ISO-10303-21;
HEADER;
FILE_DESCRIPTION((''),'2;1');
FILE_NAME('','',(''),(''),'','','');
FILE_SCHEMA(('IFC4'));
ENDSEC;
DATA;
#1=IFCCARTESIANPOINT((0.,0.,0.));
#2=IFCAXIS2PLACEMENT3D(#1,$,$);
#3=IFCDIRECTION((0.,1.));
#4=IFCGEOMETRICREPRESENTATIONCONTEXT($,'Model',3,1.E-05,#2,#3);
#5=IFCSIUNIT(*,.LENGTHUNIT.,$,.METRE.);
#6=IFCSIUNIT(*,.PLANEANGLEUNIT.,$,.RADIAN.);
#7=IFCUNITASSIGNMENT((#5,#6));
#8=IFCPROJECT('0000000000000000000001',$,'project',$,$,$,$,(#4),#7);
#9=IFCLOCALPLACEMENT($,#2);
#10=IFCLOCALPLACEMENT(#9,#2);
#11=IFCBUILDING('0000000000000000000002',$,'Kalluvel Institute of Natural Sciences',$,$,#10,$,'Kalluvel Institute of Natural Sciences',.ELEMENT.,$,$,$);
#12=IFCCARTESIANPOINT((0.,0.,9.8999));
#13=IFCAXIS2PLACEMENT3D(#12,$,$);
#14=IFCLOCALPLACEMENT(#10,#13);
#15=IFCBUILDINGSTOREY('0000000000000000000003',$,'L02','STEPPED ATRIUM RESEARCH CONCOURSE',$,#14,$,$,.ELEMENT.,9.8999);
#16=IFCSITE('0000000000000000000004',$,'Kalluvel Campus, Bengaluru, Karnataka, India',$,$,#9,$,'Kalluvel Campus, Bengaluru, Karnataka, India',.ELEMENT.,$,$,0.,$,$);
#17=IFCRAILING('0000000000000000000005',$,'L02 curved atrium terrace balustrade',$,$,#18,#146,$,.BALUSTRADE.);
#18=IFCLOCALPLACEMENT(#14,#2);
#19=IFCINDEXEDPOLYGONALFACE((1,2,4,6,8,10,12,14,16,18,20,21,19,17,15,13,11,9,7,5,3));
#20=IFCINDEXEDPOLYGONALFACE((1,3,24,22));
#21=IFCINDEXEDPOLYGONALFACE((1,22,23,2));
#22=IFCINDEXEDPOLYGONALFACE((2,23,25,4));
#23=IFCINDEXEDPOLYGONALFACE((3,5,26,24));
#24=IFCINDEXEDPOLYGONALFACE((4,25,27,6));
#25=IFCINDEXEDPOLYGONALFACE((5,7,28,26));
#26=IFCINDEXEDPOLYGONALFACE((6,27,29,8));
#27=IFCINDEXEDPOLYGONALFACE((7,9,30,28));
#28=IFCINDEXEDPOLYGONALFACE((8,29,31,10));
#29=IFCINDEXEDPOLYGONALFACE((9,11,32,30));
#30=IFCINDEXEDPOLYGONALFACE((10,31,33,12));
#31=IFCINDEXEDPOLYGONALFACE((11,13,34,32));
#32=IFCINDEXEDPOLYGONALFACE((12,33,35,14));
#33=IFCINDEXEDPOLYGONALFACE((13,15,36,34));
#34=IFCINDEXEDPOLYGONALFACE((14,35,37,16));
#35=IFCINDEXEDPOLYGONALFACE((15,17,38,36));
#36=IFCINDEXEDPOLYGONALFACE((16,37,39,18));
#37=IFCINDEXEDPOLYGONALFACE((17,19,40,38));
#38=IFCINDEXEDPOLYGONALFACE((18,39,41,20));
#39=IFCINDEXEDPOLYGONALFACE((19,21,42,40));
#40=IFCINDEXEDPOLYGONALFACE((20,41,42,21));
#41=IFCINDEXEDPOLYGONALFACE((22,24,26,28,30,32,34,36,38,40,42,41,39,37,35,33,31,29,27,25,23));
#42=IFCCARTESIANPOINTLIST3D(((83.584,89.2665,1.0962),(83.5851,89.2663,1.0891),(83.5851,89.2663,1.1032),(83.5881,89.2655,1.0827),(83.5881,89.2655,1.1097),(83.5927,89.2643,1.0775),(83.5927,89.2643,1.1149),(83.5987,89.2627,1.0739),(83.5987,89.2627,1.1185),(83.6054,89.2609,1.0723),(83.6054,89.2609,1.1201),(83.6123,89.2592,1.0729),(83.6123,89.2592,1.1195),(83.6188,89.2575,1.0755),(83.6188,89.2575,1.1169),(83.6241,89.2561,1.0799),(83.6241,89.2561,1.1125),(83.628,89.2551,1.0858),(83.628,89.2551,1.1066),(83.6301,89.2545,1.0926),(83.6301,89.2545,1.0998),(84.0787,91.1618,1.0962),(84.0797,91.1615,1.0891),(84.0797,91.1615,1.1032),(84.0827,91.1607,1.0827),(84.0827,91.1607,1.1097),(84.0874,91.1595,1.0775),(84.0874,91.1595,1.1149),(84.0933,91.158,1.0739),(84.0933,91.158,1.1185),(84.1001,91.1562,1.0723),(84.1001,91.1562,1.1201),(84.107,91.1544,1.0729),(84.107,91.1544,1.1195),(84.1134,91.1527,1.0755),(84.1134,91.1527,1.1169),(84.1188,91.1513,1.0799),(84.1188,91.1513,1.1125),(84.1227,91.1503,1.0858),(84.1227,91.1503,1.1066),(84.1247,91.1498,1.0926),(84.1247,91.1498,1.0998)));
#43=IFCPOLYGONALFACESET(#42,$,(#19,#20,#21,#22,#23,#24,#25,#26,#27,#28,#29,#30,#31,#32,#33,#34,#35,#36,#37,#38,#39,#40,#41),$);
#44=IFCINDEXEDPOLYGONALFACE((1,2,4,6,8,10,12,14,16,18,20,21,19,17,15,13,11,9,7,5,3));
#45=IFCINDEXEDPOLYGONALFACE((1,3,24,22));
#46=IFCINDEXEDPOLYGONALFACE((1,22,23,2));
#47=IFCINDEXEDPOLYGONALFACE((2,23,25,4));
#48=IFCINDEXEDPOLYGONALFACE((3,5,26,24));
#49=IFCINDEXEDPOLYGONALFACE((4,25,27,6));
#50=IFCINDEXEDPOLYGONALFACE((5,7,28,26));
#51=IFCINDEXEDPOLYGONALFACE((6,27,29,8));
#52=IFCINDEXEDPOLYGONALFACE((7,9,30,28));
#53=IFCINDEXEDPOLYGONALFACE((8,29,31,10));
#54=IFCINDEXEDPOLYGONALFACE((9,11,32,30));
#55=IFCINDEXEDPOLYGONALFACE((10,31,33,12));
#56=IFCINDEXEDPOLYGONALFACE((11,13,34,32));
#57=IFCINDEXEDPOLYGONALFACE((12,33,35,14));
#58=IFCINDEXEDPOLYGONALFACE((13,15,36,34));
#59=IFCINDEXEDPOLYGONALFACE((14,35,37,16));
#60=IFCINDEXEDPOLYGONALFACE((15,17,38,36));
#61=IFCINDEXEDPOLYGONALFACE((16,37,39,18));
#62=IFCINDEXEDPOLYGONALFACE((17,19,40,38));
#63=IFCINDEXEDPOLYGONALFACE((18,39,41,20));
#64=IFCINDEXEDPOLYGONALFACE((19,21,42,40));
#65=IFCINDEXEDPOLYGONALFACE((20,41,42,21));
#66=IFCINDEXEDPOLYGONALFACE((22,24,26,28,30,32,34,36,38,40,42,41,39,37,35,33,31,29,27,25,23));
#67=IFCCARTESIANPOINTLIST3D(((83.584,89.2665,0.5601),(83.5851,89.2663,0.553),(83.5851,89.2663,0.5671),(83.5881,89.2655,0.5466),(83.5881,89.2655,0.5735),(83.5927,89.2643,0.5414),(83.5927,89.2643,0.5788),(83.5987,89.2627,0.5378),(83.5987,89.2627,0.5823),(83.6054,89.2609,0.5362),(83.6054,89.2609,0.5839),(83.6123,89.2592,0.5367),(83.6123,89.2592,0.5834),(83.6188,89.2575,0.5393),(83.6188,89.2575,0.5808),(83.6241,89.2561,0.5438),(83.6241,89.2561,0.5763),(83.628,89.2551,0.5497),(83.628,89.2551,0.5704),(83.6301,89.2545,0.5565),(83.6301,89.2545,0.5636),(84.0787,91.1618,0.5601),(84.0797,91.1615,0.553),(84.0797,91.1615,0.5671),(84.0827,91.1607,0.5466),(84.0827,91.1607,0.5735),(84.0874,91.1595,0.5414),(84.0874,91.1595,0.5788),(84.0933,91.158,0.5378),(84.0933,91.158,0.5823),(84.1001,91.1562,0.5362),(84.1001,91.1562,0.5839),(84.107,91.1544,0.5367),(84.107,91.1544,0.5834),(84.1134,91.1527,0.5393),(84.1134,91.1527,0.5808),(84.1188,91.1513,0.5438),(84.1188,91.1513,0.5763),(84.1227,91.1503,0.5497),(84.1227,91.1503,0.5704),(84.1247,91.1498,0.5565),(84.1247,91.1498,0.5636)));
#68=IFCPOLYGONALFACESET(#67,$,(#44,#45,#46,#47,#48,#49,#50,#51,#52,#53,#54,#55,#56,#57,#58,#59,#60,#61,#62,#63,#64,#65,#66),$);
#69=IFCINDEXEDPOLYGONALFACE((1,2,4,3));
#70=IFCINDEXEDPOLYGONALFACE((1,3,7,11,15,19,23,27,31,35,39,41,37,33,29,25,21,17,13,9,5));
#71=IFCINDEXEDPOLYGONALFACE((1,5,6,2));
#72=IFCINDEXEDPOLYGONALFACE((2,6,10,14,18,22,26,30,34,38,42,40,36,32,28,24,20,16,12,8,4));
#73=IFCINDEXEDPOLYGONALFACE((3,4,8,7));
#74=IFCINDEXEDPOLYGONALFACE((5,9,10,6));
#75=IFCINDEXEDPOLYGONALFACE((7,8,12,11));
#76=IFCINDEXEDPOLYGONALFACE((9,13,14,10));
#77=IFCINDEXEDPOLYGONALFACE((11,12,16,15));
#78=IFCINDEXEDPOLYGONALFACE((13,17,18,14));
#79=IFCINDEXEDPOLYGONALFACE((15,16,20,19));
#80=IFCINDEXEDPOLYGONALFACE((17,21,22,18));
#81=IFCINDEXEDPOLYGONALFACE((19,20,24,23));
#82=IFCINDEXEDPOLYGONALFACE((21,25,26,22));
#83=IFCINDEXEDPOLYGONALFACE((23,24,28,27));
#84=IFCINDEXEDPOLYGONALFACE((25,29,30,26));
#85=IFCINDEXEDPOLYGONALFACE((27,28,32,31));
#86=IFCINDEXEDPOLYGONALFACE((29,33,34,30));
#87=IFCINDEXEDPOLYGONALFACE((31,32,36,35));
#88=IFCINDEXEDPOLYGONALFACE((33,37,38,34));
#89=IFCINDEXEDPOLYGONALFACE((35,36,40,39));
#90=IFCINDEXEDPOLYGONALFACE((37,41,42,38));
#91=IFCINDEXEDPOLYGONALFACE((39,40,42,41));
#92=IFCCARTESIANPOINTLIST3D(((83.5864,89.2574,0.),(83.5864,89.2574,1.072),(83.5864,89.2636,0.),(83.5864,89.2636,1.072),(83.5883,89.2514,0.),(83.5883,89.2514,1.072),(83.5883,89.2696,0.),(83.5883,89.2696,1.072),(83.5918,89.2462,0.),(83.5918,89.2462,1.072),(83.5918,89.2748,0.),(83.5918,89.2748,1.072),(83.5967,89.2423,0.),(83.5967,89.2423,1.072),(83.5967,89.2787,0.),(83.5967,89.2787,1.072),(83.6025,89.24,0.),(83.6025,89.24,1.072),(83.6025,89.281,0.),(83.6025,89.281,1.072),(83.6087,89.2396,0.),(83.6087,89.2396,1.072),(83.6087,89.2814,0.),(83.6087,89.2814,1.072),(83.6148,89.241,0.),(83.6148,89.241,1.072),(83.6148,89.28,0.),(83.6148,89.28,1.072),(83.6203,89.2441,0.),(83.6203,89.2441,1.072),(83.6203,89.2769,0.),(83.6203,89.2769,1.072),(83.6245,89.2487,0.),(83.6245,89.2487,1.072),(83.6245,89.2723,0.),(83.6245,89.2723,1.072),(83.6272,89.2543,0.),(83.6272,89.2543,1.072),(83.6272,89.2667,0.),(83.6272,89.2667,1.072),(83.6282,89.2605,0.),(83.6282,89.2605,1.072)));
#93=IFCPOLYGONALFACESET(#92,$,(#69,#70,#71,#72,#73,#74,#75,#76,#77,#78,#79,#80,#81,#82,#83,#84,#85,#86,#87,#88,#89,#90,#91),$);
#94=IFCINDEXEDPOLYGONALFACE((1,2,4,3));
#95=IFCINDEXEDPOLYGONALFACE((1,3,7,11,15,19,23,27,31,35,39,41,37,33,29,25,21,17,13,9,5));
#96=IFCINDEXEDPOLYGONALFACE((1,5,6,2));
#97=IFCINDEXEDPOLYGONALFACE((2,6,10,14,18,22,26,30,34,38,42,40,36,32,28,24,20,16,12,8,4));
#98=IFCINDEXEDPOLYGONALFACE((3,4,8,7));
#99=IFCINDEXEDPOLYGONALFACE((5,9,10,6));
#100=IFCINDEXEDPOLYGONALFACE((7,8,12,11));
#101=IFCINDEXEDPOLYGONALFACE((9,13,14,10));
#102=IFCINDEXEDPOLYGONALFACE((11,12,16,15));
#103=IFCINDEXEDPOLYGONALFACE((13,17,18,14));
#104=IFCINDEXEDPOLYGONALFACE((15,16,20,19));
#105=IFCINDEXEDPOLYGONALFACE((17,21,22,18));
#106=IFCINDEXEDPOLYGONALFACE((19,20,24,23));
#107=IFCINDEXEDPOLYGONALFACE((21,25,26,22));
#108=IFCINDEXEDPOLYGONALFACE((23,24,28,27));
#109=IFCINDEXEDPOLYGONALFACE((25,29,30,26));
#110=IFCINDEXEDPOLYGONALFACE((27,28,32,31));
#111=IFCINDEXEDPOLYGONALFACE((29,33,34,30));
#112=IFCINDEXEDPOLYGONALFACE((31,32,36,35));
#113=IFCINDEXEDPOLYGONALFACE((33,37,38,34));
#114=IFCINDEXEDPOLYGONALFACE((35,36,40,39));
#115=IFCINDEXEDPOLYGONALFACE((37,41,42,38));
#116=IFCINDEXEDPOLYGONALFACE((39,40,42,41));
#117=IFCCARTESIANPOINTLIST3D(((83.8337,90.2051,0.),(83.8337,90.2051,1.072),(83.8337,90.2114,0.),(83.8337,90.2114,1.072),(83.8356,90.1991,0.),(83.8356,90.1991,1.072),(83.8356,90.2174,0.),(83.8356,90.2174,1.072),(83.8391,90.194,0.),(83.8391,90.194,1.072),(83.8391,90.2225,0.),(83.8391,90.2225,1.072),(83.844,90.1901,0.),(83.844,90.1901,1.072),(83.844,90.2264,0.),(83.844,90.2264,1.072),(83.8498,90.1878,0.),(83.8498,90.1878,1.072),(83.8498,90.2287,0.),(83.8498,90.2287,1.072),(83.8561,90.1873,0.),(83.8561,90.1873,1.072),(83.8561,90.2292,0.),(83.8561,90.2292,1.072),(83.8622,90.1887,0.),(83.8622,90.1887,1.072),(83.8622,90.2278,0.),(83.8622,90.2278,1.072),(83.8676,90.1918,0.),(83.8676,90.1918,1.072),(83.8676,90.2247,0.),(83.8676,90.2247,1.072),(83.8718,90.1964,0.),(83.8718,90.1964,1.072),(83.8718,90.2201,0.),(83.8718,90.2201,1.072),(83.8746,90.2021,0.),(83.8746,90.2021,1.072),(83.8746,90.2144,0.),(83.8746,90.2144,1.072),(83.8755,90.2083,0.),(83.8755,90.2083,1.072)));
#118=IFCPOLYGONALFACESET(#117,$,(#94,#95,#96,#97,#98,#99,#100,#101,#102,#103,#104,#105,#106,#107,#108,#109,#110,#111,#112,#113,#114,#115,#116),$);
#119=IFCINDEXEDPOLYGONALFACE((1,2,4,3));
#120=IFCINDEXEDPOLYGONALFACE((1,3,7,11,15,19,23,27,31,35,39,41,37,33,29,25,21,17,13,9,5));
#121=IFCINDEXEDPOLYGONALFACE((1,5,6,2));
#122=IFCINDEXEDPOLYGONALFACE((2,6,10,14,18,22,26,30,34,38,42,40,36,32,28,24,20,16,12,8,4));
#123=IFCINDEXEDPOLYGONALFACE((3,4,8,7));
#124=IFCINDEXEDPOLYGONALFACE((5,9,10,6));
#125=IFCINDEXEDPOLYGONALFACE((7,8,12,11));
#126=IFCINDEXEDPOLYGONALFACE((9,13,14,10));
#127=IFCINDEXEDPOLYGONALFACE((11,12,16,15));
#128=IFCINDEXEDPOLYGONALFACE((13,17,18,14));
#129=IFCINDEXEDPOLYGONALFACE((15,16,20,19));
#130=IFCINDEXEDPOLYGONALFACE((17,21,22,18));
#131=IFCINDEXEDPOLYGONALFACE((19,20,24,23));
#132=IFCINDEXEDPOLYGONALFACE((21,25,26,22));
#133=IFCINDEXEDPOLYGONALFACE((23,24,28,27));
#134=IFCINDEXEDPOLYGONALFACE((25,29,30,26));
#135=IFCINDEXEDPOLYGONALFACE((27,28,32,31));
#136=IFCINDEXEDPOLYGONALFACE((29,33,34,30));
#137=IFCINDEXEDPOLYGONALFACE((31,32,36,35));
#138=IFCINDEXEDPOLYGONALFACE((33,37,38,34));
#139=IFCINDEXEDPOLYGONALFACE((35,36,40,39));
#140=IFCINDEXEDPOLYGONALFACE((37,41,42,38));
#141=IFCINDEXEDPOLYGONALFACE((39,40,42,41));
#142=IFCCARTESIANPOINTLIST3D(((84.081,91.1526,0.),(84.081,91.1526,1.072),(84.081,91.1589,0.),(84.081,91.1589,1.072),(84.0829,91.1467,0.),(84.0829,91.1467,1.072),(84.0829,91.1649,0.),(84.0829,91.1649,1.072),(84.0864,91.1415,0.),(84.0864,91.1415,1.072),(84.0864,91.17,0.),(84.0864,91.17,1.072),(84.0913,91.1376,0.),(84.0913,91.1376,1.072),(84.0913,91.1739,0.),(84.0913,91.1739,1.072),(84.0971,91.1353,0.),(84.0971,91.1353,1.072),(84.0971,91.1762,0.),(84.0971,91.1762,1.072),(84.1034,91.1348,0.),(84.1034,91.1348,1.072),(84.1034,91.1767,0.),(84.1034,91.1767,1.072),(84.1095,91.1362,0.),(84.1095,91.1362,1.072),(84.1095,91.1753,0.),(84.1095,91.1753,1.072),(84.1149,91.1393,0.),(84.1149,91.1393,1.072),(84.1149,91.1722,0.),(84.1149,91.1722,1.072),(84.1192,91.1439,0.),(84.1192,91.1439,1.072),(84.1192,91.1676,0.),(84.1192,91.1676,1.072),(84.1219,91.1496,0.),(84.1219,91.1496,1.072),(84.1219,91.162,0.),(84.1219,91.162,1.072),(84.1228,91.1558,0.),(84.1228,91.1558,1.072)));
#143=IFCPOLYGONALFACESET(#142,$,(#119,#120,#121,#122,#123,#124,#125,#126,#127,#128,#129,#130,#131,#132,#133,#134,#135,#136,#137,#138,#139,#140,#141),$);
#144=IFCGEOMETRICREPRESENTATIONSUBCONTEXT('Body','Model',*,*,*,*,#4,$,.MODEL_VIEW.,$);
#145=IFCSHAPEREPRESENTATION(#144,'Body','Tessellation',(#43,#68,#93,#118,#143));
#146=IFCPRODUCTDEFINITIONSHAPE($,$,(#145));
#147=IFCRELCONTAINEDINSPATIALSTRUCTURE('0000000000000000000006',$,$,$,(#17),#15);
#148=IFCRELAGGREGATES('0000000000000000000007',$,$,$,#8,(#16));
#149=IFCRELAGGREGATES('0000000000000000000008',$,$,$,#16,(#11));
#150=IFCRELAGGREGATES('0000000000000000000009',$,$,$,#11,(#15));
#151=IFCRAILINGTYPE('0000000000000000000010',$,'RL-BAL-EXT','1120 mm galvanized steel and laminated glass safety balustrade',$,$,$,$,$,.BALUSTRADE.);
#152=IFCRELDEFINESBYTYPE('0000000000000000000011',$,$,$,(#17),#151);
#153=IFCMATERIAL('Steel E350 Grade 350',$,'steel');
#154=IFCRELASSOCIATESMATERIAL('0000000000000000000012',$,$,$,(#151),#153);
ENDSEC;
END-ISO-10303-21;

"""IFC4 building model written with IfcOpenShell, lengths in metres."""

from ifc_helpers import new_model, si_unit, direction, frame, origin, origin_2d, place, context, subcontext, project, spatial, circle, extrude, material, type_object, element, save


model = new_model("IFC4")

# Units and contexts
model_context = context("Model", 3, precision=1e-05, world=origin(), true_north=direction((0.0, 1.0)))
body_context = subcontext(model_context, "Body", "Model", "MODEL_VIEW")
ifc_project = project(units=[si_unit("LENGTHUNIT", "METRE"), si_unit("PLANEANGLEUNIT", "RADIAN")], contexts=[model_context])

# Site, building, storey
site_placement = place(None, origin())
site = spatial("IfcSite", under=ifc_project, at=site_placement, Name="Kalluvel Campus, Bengaluru, Karnataka, India", LongName="Kalluvel Campus, Bengaluru, Karnataka, India", CompositionType="ELEMENT", RefElevation=0.0)
building_placement = place(site_placement, origin())
building = spatial("IfcBuilding", under=site, at=building_placement, Name="Kalluvel Institute of Natural Sciences", LongName="Kalluvel Institute of Natural Sciences", CompositionType="ELEMENT")
storey_placement = place(building_placement, frame((0.0, 0.0, 9.8999)))
storey = spatial("IfcBuildingStorey", under=building, at=storey_placement, Name="L02", Description="STEPPED ATRIUM RESEARCH CONCOURSE", CompositionType="ELEMENT", Elevation=9.8999)

# Railing
ifc_material_1 = material(Name="Steel E350 Grade 350", Category="steel")
railing_type = type_object("IfcRailingType", Name="RL-BAL-EXT", Description="1120 mm galvanized steel and laminated glass safety balustrade", PredefinedType="BALUSTRADE", material=ifc_material_1)
railing_1_placement = place(storey_placement, frame((83.6072, 89.2605, 0.0)))
element("IfcRailing", 1, at=railing_1_placement, inside=storey, type_object=railing_type, Name="L02 curved atrium terrace balustrade", PredefinedType="BALUSTRADE", context=body_context, shape_type="SweptSolid", body=[
    extrude(circle(Radius=0.0239, at=origin_2d()), frame((0.0, 0.0, 1.0962), z_axis=(0.252523, 0.967591, 0.0), x_axis=(-0.967591, 0.252523, 0.0)), (0.0, 0.0, 1.0), 1.9587),
    extrude(circle(Radius=0.0239, at=origin_2d()), frame((0.0, 0.0, 0.5601), z_axis=(0.252523, 0.967591, 0.0), x_axis=(-0.967591, 0.252523, 0.0)), (0.0, 0.0, 1.0), 1.9587),
    extrude(circle(Radius=0.021, at=origin_2d()), origin(), (0.0, 0.0, 1.0), 1.072),
    extrude(circle(Radius=0.021, at=origin_2d()), frame((0.2473, 0.9478, 0.0)), (0.0, 0.0, 1.0), 1.072),
    extrude(circle(Radius=0.021, at=origin_2d()), frame((0.4946, 1.8953, 0.0)), (0.0, 0.0, 1.0), 1.072),
])

save(model, "model.ifc")
